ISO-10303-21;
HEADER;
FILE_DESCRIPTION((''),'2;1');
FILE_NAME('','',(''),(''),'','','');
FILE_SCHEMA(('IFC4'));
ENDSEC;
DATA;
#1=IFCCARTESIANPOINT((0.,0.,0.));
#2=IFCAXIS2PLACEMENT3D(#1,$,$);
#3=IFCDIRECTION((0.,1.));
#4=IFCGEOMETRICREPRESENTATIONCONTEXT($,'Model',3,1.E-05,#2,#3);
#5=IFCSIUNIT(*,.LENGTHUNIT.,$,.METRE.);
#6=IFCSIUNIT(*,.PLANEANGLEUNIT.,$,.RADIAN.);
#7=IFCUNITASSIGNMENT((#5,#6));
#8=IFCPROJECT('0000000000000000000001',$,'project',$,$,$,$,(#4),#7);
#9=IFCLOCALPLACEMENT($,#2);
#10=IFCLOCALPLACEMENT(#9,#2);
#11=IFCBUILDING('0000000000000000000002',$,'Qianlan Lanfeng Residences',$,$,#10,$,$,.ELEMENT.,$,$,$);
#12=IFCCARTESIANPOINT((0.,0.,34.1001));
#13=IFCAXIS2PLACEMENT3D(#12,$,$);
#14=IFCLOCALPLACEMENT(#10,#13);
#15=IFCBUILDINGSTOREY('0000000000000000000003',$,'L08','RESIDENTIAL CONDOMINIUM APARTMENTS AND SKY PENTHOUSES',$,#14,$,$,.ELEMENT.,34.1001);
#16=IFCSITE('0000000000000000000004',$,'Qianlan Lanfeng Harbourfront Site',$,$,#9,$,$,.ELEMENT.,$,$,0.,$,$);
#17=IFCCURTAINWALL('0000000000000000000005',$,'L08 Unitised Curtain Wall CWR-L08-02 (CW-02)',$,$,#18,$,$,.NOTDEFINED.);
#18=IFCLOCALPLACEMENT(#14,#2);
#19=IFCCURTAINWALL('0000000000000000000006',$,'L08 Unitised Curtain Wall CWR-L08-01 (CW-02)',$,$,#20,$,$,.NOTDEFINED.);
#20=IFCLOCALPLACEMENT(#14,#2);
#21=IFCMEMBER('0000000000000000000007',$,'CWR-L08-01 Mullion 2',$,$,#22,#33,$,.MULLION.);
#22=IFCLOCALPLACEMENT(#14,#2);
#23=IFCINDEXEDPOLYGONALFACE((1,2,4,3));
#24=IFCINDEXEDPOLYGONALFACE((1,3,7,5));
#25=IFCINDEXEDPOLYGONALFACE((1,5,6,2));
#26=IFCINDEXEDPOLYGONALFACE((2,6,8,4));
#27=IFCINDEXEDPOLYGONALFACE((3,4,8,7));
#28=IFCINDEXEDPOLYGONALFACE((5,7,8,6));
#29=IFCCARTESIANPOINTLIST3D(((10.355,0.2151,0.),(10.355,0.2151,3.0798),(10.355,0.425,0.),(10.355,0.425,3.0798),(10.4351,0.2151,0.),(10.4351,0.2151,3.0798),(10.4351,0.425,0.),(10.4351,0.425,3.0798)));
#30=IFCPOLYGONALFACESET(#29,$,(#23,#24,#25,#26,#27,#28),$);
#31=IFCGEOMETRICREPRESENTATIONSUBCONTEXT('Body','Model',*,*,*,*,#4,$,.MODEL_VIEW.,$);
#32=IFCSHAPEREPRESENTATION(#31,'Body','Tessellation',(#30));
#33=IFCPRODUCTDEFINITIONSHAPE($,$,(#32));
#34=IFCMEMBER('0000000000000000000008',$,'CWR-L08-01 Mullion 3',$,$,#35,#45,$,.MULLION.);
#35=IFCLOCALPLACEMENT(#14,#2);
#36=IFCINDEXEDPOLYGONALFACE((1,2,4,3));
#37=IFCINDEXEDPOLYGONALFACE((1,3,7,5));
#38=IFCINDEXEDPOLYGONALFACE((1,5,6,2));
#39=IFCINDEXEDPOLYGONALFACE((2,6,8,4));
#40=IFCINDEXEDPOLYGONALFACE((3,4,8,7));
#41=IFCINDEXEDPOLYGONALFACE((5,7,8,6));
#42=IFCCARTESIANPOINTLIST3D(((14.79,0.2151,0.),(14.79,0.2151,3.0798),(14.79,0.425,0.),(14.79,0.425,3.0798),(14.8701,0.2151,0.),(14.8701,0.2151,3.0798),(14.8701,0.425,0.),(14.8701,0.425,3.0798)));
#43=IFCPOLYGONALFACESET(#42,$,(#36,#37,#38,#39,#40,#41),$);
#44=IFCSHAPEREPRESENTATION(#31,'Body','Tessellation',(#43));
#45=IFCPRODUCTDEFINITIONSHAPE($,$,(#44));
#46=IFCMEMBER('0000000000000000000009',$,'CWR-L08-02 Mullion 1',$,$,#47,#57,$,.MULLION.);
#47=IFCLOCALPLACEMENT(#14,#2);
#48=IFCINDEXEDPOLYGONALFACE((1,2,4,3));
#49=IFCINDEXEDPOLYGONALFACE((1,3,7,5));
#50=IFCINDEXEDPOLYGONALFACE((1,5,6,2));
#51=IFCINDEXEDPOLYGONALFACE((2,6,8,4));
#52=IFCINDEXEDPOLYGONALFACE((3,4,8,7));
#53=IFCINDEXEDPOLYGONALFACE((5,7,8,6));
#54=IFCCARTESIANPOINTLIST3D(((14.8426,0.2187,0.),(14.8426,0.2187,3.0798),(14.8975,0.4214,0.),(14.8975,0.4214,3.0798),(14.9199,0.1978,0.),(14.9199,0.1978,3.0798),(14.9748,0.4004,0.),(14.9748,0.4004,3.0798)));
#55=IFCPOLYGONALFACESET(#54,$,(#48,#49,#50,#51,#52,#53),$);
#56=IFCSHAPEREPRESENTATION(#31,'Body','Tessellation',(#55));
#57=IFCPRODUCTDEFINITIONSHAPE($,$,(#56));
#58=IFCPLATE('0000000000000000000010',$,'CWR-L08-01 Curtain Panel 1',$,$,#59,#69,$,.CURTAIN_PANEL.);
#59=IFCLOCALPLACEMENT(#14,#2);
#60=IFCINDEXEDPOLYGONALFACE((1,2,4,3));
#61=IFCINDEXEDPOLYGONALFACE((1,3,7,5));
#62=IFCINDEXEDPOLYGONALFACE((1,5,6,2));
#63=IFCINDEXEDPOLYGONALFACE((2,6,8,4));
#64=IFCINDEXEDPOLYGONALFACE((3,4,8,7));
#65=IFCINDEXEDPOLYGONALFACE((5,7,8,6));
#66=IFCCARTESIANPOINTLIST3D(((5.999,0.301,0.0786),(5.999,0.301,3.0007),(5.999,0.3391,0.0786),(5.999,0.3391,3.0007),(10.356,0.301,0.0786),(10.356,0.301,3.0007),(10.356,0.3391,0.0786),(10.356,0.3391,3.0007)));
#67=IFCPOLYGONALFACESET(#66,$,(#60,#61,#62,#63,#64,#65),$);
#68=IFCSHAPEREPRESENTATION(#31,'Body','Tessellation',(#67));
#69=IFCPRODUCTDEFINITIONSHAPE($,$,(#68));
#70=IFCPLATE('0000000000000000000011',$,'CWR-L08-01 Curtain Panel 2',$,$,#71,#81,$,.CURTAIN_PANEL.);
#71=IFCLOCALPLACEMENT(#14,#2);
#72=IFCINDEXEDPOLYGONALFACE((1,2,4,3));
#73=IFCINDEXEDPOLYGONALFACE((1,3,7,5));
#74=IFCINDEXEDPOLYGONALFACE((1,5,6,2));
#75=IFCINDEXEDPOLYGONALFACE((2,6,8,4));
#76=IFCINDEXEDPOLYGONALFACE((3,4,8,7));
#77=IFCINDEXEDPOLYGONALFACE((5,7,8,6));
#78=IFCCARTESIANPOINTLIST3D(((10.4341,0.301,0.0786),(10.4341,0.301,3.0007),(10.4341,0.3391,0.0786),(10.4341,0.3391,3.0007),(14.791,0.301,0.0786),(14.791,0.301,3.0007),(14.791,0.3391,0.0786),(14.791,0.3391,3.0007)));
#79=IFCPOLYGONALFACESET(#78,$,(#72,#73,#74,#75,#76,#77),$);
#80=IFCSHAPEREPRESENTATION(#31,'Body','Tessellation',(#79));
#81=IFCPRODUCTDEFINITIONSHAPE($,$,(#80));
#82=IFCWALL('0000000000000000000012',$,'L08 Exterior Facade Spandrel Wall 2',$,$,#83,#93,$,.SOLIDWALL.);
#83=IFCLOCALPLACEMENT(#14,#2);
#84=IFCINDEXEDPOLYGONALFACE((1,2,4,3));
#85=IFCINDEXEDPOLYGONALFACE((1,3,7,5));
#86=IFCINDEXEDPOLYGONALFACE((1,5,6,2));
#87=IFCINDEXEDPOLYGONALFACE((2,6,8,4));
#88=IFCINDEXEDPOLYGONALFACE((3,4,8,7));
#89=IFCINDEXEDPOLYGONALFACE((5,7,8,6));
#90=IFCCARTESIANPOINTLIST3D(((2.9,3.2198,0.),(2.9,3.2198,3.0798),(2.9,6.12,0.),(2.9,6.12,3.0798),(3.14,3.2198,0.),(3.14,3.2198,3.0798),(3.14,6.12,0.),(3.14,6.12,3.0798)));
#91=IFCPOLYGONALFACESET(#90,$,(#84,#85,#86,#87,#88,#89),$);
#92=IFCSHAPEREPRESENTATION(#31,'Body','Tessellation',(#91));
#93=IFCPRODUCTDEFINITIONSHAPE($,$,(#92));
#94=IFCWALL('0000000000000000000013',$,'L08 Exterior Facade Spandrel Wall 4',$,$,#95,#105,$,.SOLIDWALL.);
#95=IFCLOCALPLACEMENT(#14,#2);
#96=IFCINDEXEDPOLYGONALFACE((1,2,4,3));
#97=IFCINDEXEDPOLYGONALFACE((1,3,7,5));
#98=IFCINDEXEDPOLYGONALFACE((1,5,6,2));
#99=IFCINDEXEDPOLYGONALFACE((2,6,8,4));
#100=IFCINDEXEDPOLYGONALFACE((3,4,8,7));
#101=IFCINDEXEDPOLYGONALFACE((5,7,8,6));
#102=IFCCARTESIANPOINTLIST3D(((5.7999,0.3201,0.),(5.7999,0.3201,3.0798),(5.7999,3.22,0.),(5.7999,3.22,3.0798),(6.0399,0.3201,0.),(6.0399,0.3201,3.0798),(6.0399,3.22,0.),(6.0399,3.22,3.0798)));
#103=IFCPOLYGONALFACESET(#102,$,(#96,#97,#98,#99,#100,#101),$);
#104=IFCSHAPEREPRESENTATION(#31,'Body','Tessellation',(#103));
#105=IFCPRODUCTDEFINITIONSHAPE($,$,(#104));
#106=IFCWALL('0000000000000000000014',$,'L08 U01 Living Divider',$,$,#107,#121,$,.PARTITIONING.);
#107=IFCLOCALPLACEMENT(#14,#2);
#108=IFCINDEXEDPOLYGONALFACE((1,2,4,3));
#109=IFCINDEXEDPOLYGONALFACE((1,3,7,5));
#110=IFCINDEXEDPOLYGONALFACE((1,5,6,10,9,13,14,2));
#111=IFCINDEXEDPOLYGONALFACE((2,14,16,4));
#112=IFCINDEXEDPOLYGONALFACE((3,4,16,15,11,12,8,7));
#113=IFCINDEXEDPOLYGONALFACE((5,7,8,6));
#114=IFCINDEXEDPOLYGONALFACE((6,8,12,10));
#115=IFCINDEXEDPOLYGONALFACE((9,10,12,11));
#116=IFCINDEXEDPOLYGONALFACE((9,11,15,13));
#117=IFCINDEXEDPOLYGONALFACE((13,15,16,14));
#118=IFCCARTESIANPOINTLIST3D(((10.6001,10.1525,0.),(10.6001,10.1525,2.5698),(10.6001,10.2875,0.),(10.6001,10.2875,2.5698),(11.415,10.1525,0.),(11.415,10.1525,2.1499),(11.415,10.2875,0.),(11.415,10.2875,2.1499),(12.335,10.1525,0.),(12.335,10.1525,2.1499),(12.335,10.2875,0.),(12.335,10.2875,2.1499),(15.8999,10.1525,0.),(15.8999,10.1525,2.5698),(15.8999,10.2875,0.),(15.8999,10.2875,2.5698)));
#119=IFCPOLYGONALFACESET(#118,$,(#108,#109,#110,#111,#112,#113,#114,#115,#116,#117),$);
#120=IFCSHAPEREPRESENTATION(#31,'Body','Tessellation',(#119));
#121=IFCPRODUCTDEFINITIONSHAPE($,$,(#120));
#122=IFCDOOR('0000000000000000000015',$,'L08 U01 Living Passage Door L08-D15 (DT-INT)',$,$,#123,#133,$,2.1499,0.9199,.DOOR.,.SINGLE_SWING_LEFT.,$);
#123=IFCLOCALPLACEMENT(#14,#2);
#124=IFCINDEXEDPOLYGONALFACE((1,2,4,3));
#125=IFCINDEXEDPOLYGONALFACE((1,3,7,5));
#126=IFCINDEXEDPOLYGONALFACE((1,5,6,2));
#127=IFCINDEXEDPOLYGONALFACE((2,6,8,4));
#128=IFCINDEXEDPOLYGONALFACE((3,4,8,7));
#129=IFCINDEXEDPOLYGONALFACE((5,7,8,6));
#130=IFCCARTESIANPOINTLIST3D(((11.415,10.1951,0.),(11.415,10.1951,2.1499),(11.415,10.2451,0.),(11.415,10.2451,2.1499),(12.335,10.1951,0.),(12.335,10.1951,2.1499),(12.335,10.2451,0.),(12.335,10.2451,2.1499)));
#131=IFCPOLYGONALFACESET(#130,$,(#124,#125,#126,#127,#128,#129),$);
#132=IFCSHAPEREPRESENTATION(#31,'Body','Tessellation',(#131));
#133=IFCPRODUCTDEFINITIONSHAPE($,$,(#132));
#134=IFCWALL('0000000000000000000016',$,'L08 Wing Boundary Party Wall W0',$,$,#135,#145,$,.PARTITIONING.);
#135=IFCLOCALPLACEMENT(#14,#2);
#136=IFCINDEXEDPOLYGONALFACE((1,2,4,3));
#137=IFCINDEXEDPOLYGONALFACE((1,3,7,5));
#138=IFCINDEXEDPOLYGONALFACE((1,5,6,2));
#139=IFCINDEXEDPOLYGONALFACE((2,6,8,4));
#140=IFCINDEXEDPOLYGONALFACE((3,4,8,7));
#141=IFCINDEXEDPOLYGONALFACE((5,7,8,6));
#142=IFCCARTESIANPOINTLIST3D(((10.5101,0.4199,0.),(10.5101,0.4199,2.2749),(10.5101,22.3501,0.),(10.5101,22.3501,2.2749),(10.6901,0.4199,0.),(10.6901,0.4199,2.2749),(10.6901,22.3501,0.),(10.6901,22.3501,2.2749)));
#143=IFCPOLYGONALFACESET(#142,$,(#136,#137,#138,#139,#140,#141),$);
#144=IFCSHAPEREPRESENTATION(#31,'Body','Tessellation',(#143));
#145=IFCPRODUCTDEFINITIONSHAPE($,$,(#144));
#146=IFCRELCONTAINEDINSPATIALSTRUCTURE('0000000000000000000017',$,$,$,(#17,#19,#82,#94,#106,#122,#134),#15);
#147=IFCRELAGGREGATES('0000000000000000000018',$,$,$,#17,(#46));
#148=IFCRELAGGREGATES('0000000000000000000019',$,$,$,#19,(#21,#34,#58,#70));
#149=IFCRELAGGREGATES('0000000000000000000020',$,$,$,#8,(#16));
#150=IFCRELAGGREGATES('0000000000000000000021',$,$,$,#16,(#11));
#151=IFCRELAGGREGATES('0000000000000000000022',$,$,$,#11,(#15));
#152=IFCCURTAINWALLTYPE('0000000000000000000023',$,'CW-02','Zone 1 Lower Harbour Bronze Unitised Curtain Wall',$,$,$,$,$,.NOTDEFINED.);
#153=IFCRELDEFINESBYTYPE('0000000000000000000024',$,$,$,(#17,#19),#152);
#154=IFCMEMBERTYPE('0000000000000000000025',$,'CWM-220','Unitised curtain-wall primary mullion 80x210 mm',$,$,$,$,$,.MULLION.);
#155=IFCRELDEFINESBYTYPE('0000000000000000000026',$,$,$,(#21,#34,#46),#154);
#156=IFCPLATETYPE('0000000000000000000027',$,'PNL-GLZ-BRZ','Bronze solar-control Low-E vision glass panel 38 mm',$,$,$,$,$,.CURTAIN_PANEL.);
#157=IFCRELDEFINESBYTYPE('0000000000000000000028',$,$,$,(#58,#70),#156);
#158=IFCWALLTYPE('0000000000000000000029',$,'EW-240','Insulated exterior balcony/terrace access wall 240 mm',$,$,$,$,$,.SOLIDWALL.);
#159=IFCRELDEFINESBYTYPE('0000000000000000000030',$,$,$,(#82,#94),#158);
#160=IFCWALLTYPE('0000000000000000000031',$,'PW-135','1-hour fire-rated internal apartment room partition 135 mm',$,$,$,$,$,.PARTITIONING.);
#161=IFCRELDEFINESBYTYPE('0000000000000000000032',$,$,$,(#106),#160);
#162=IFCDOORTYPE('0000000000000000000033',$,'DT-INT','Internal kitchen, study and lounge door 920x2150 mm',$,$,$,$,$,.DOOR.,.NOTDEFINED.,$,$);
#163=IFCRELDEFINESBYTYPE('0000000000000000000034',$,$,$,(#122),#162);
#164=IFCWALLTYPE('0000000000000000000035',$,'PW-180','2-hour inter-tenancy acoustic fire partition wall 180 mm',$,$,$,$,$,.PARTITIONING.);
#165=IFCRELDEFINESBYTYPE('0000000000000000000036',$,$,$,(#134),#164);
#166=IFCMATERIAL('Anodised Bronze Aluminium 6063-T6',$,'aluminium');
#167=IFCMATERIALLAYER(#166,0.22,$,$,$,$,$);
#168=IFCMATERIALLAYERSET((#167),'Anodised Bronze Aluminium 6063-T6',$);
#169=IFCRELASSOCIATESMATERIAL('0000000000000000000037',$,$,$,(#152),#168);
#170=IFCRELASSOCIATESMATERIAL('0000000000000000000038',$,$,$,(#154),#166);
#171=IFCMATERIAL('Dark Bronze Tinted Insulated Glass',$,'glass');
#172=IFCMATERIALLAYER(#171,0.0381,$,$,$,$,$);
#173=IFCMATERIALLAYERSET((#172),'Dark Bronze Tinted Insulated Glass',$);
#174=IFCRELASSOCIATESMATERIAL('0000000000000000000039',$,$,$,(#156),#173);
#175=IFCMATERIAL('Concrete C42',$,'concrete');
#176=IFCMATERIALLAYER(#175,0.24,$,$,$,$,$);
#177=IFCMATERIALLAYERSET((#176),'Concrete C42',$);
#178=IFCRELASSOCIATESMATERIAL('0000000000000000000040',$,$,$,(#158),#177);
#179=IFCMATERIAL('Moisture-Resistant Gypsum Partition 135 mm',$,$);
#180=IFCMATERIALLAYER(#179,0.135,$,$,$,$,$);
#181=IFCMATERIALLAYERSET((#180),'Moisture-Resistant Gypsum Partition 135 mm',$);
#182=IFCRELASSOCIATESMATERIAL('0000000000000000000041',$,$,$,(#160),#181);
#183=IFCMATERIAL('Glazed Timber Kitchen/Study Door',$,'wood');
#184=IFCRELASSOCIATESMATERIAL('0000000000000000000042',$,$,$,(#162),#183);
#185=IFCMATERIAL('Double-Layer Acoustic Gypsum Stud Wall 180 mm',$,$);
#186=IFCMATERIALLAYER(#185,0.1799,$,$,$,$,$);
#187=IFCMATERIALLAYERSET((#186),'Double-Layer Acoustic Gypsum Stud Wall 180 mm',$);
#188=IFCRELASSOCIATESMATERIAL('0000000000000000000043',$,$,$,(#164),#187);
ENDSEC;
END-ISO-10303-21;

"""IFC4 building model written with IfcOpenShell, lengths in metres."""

from ifc_helpers import new_model, si_unit, direction, frame, frame_2d, origin, origin_2d, place, context, subcontext, project, spatial, rectangle, extrude, source, transform, mapped, material, layer, layer_set, material_profile, profile_set, type_object, element, fill, aggregate, save


model = new_model("IFC4")

# Units and contexts
model_context = context("Model", 3, precision=1e-05, world=origin(), true_north=direction((0.0, 1.0)))
body_context = subcontext(model_context, "Body", "Model", "MODEL_VIEW")
ifc_project = project(units=[si_unit("LENGTHUNIT", "METRE"), si_unit("PLANEANGLEUNIT", "RADIAN")], contexts=[model_context])

# Site, building, storey
site_placement = place(None, origin())
site = spatial("IfcSite", under=ifc_project, at=site_placement, Name="Qianlan Lanfeng Harbourfront Site", CompositionType="ELEMENT", RefElevation=0.0)
building_placement = place(site_placement, origin())
building = spatial("IfcBuilding", under=site, at=building_placement, Name="Qianlan Lanfeng Residences", CompositionType="ELEMENT")
storey_placement = place(building_placement, frame((0.0, 0.0, 34.1001)))
storey = spatial("IfcBuildingStorey", under=building, at=storey_placement, Name="L08", Description="RESIDENTIAL CONDOMINIUM APARTMENTS AND SKY PENTHOUSES", CompositionType="ELEMENT", Elevation=34.1001)

# Curtain walls, members
ifc_material_1 = material(Name="Anodised Bronze Aluminium 6063-T6", Category="aluminium")
ifc_layer_1 = layer(ifc_material_1, 0.22)
ifc_layer_set_1 = layer_set([ifc_layer_1], Name="Anodised Bronze Aluminium 6063-T6")
curtain_wall_type = type_object("IfcCurtainWallType", Name="CW-02", Description="Zone 1 Lower Harbour Bronze Unitised Curtain Wall", PredefinedType="NOTDEFINED", material=ifc_layer_set_1)
curtain_wall_1_placement = place(storey_placement, origin())
curtain_wall_1 = element("IfcCurtainWall", 1, at=curtain_wall_1_placement, inside=storey, type_object=curtain_wall_type, Name="L08 Unitised Curtain Wall CWR-L08-02 (CW-02)", PredefinedType="NOTDEFINED")
curtain_wall_2_placement = place(storey_placement, origin())
curtain_wall_2 = element("IfcCurtainWall", 2, at=curtain_wall_2_placement, inside=storey, type_object=curtain_wall_type, Name="L08 Unitised Curtain Wall CWR-L08-01 (CW-02)", PredefinedType="NOTDEFINED")
ifc_material_profile_1 = material_profile(ifc_material_1, rectangle(XDim=0.0801, YDim=0.21, at=origin_2d()), Name="ALU MULLION 80x210")
ifc_profile_set_1 = profile_set([ifc_material_profile_1], Name="Anodised Bronze Aluminium 6063-T6")
member_type_1 = type_object("IfcMemberType", Name="CWM-220", Description="Unitised curtain-wall primary mullion 80x210 mm", PredefinedType="MULLION", material=ifc_profile_set_1)
shared_shape_1 = source(origin(), body_context, "Body", "SweptSolid", [
    extrude(rectangle(XDim=0.0801, YDim=0.21, at=origin_2d()), origin(), (0.0, 0.0, 1.0), 3.0798),
])
member_1_placement = place(storey_placement, frame((10.395, 0.3201, 0.0), z_axis=(0.0, 0.0, 1.0), x_axis=(1.0, 0.0, 0.0)))
member_1 = element("IfcMember", 3, at=member_1_placement, type_object=member_type_1, Name="CWR-L08-01 Mullion 2", PredefinedType="MULLION", context=body_context, shape_type="MappedRepresentation", body=[
    mapped(shared_shape_1, transform((0.0, 0.0, 0.0), scale=1.0)),
])
member_2_placement = place(storey_placement, frame((14.8301, 0.3201, 0.0), z_axis=(0.0, 0.0, 1.0), x_axis=(1.0, 0.0, 0.0)))
member_2 = element("IfcMember", 4, at=member_2_placement, type_object=member_type_1, Name="CWR-L08-01 Mullion 3", PredefinedType="MULLION", context=body_context, shape_type="MappedRepresentation", body=[
    mapped(shared_shape_1, transform((0.0, 0.0, 0.0), scale=1.0)),
])

# Member
member_3_placement = place(storey_placement, frame((14.9087, 0.3096, 0.0), z_axis=(0.0, 0.0, 1.0), x_axis=(0.965263, -0.261281, 0.0)))
member_3 = element("IfcMember", 5, at=member_3_placement, type_object=member_type_1, Name="CWR-L08-02 Mullion 1", PredefinedType="MULLION", context=body_context, shape_type="MappedRepresentation", body=[
    mapped(shared_shape_1, transform((0.0, 0.0, 0.0), scale=1.0)),
])
aggregate(curtain_wall_1, [member_3])

# Plates
ifc_material_2 = material(Name="Dark Bronze Tinted Insulated Glass", Category="glass")
ifc_layer_2 = layer(ifc_material_2, 0.0381)
ifc_layer_set_2 = layer_set([ifc_layer_2], Name="Dark Bronze Tinted Insulated Glass")
plate_type = type_object("IfcPlateType", Name="PNL-GLZ-BRZ", Description="Bronze solar-control Low-E vision glass panel 38 mm", PredefinedType="CURTAIN_PANEL", material=ifc_layer_set_2)
shared_shape_2 = source(origin(), body_context, "Body", "SweptSolid", [
    extrude(rectangle(XDim=4.3569, YDim=0.0381, at=origin_2d()), origin(), (0.0, 0.0, 1.0), 2.9221),
])
plate_1_placement = place(storey_placement, frame((8.1775, 0.3201, 0.0786), z_axis=(0.0, 0.0, 1.0), x_axis=(1.0, 0.0, 0.0)))
plate_1 = element("IfcPlate", 6, at=plate_1_placement, type_object=plate_type, Name="CWR-L08-01 Curtain Panel 1", PredefinedType="CURTAIN_PANEL", context=body_context, shape_type="MappedRepresentation", body=[
    mapped(shared_shape_2, transform((0.0, 0.0, 0.0), scale=1.0)),
])
plate_2_placement = place(storey_placement, frame((12.6125, 0.3201, 0.0786), z_axis=(0.0, 0.0, 1.0), x_axis=(1.0, 0.0, 0.0)))
plate_2 = element("IfcPlate", 7, at=plate_2_placement, type_object=plate_type, Name="CWR-L08-01 Curtain Panel 2", PredefinedType="CURTAIN_PANEL", context=body_context, shape_type="MappedRepresentation", body=[
    mapped(shared_shape_2, transform((0.0, 0.0, 0.0), scale=1.0)),
])
aggregate(curtain_wall_2, [member_1, member_2, plate_1, plate_2])

# Walls
ifc_material_3 = material(Name="Concrete C42", Category="concrete")
ifc_layer_3 = layer(ifc_material_3, 0.24)
ifc_layer_set_3 = layer_set([ifc_layer_3], Name="Concrete C42")
wall_type_1 = type_object("IfcWallType", Name="EW-240", Description="Insulated exterior balcony/terrace access wall 240 mm", PredefinedType="SOLIDWALL", material=ifc_layer_set_3)
wall_1_placement = place(storey_placement, frame((3.02, 6.1201, 0.0), z_axis=(0.0, 0.0, 1.0), x_axis=(0.0, -1.0, 0.0)))
element("IfcWall", 8, at=wall_1_placement, inside=storey, type_object=wall_type_1, Name="L08 Exterior Facade Spandrel Wall 2", PredefinedType="SOLIDWALL", context=body_context, shape_type="SweptSolid", body=[
    extrude(rectangle(XDim=2.9001, YDim=0.24, at=frame_2d((1.4502, 0.0))), origin(), (0.0, 0.0, 1.0), 3.0798),
])
wall_2_placement = place(storey_placement, frame((5.9199, 3.22, 0.0), z_axis=(0.0, 0.0, 1.0), x_axis=(0.0, -1.0, 0.0)))
element("IfcWall", 9, at=wall_2_placement, inside=storey, type_object=wall_type_1, Name="L08 Exterior Facade Spandrel Wall 4", PredefinedType="SOLIDWALL", context=body_context, shape_type="SweptSolid", body=[
    extrude(rectangle(XDim=2.8999, YDim=0.24, at=frame_2d((1.45, 0.0))), origin(), (0.0, 0.0, 1.0), 3.0798),
])

# Wall, opening, door
ifc_material_4 = material(Name="Moisture-Resistant Gypsum Partition 135 mm")
ifc_layer_4 = layer(ifc_material_4, 0.135)
ifc_layer_set_4 = layer_set([ifc_layer_4], Name="Moisture-Resistant Gypsum Partition 135 mm")
wall_type_2 = type_object("IfcWallType", Name="PW-135", Description="1-hour fire-rated internal apartment room partition 135 mm", PredefinedType="PARTITIONING", material=ifc_layer_set_4)
wall_3_placement = place(storey_placement, frame((10.6001, 10.22, 0.0), z_axis=(0.0, 0.0, 1.0), x_axis=(1.0, 0.0, 0.0)))
wall_3 = element("IfcWall", 10, at=wall_3_placement, inside=storey, type_object=wall_type_2, Name="L08 U01 Living Divider", PredefinedType="PARTITIONING", context=body_context, shape_type="SweptSolid", body=[
    extrude(rectangle(XDim=5.2998, YDim=0.135, at=frame_2d((2.6499, 0.0))), origin(), (0.0, 0.0, 1.0), 2.5698),
])
opening_1_placement = place(wall_3_placement, frame((0.8149, 0.0, 0.0)))
opening_1 = element("IfcOpeningElement", 11, at=opening_1_placement, cuts=wall_3, PredefinedType="OPENING", context=body_context, shape_type="SweptSolid", body=[
    extrude(rectangle(XDim=0.9199, YDim=2.1499, at=frame_2d((0.46, 1.075))), frame((0.0, 0.0776, 0.0), z_axis=(0.0, -1.0, 0.0), x_axis=(1.0, 0.0, 0.0)), (0.0, 0.0, 1.0), 0.155),
])
ifc_material_5 = material(Name="Glazed Timber Kitchen/Study Door", Category="wood")
door_type_1 = type_object("IfcDoorType", Name="DT-INT", Description="Internal kitchen, study and lounge door 920x2150 mm", OperationType="NOTDEFINED", PredefinedType="DOOR", material=ifc_material_5)
door_1_placement = place(opening_1_placement, frame((0.9199, 0.0, 0.0), z_axis=(0.0, 0.0, 1.0), x_axis=(-1.0, 0.0, 0.0)))
door_1 = element("IfcDoor", 12, at=door_1_placement, inside=storey, type_object=door_type_1, Name="L08 U01 Living Passage Door L08-D15 (DT-INT)", OperationType="SINGLE_SWING_LEFT", OverallHeight=2.1499, OverallWidth=0.9199, PredefinedType="DOOR", context=body_context, shape_type="SweptSolid", body=[
    extrude(rectangle(XDim=0.9199, YDim=2.1499, at=frame_2d((0.46, 1.075))), frame((0.0, 0.0249, 0.0), z_axis=(0.0, -1.0, 0.0), x_axis=(1.0, 0.0, 0.0)), (0.0, 0.0, 1.0), 0.05),
])
fill(opening_1, door_1)

# Wall
ifc_material_6 = material(Name="Double-Layer Acoustic Gypsum Stud Wall 180 mm")
ifc_layer_5 = layer(ifc_material_6, 0.1799)
ifc_layer_set_5 = layer_set([ifc_layer_5], Name="Double-Layer Acoustic Gypsum Stud Wall 180 mm")
wall_type_3 = type_object("IfcWallType", Name="PW-180", Description="2-hour inter-tenancy acoustic fire partition wall 180 mm", PredefinedType="PARTITIONING", material=ifc_layer_set_5)
wall_4_placement = place(storey_placement, frame((10.6001, 0.4199, 0.0), z_axis=(0.0, 0.0, 1.0), x_axis=(0.0, 1.0, 0.0)))
element("IfcWall", 13, at=wall_4_placement, inside=storey, type_object=wall_type_3, Name="L08 Wing Boundary Party Wall W0", PredefinedType="PARTITIONING", context=body_context, shape_type="SweptSolid", body=[
    extrude(rectangle(XDim=21.9302, YDim=0.1799, at=frame_2d((10.9651, 0.0))), origin(), (0.0, 0.0, 1.0), 2.2749),
])

save(model, "model.ifc")
